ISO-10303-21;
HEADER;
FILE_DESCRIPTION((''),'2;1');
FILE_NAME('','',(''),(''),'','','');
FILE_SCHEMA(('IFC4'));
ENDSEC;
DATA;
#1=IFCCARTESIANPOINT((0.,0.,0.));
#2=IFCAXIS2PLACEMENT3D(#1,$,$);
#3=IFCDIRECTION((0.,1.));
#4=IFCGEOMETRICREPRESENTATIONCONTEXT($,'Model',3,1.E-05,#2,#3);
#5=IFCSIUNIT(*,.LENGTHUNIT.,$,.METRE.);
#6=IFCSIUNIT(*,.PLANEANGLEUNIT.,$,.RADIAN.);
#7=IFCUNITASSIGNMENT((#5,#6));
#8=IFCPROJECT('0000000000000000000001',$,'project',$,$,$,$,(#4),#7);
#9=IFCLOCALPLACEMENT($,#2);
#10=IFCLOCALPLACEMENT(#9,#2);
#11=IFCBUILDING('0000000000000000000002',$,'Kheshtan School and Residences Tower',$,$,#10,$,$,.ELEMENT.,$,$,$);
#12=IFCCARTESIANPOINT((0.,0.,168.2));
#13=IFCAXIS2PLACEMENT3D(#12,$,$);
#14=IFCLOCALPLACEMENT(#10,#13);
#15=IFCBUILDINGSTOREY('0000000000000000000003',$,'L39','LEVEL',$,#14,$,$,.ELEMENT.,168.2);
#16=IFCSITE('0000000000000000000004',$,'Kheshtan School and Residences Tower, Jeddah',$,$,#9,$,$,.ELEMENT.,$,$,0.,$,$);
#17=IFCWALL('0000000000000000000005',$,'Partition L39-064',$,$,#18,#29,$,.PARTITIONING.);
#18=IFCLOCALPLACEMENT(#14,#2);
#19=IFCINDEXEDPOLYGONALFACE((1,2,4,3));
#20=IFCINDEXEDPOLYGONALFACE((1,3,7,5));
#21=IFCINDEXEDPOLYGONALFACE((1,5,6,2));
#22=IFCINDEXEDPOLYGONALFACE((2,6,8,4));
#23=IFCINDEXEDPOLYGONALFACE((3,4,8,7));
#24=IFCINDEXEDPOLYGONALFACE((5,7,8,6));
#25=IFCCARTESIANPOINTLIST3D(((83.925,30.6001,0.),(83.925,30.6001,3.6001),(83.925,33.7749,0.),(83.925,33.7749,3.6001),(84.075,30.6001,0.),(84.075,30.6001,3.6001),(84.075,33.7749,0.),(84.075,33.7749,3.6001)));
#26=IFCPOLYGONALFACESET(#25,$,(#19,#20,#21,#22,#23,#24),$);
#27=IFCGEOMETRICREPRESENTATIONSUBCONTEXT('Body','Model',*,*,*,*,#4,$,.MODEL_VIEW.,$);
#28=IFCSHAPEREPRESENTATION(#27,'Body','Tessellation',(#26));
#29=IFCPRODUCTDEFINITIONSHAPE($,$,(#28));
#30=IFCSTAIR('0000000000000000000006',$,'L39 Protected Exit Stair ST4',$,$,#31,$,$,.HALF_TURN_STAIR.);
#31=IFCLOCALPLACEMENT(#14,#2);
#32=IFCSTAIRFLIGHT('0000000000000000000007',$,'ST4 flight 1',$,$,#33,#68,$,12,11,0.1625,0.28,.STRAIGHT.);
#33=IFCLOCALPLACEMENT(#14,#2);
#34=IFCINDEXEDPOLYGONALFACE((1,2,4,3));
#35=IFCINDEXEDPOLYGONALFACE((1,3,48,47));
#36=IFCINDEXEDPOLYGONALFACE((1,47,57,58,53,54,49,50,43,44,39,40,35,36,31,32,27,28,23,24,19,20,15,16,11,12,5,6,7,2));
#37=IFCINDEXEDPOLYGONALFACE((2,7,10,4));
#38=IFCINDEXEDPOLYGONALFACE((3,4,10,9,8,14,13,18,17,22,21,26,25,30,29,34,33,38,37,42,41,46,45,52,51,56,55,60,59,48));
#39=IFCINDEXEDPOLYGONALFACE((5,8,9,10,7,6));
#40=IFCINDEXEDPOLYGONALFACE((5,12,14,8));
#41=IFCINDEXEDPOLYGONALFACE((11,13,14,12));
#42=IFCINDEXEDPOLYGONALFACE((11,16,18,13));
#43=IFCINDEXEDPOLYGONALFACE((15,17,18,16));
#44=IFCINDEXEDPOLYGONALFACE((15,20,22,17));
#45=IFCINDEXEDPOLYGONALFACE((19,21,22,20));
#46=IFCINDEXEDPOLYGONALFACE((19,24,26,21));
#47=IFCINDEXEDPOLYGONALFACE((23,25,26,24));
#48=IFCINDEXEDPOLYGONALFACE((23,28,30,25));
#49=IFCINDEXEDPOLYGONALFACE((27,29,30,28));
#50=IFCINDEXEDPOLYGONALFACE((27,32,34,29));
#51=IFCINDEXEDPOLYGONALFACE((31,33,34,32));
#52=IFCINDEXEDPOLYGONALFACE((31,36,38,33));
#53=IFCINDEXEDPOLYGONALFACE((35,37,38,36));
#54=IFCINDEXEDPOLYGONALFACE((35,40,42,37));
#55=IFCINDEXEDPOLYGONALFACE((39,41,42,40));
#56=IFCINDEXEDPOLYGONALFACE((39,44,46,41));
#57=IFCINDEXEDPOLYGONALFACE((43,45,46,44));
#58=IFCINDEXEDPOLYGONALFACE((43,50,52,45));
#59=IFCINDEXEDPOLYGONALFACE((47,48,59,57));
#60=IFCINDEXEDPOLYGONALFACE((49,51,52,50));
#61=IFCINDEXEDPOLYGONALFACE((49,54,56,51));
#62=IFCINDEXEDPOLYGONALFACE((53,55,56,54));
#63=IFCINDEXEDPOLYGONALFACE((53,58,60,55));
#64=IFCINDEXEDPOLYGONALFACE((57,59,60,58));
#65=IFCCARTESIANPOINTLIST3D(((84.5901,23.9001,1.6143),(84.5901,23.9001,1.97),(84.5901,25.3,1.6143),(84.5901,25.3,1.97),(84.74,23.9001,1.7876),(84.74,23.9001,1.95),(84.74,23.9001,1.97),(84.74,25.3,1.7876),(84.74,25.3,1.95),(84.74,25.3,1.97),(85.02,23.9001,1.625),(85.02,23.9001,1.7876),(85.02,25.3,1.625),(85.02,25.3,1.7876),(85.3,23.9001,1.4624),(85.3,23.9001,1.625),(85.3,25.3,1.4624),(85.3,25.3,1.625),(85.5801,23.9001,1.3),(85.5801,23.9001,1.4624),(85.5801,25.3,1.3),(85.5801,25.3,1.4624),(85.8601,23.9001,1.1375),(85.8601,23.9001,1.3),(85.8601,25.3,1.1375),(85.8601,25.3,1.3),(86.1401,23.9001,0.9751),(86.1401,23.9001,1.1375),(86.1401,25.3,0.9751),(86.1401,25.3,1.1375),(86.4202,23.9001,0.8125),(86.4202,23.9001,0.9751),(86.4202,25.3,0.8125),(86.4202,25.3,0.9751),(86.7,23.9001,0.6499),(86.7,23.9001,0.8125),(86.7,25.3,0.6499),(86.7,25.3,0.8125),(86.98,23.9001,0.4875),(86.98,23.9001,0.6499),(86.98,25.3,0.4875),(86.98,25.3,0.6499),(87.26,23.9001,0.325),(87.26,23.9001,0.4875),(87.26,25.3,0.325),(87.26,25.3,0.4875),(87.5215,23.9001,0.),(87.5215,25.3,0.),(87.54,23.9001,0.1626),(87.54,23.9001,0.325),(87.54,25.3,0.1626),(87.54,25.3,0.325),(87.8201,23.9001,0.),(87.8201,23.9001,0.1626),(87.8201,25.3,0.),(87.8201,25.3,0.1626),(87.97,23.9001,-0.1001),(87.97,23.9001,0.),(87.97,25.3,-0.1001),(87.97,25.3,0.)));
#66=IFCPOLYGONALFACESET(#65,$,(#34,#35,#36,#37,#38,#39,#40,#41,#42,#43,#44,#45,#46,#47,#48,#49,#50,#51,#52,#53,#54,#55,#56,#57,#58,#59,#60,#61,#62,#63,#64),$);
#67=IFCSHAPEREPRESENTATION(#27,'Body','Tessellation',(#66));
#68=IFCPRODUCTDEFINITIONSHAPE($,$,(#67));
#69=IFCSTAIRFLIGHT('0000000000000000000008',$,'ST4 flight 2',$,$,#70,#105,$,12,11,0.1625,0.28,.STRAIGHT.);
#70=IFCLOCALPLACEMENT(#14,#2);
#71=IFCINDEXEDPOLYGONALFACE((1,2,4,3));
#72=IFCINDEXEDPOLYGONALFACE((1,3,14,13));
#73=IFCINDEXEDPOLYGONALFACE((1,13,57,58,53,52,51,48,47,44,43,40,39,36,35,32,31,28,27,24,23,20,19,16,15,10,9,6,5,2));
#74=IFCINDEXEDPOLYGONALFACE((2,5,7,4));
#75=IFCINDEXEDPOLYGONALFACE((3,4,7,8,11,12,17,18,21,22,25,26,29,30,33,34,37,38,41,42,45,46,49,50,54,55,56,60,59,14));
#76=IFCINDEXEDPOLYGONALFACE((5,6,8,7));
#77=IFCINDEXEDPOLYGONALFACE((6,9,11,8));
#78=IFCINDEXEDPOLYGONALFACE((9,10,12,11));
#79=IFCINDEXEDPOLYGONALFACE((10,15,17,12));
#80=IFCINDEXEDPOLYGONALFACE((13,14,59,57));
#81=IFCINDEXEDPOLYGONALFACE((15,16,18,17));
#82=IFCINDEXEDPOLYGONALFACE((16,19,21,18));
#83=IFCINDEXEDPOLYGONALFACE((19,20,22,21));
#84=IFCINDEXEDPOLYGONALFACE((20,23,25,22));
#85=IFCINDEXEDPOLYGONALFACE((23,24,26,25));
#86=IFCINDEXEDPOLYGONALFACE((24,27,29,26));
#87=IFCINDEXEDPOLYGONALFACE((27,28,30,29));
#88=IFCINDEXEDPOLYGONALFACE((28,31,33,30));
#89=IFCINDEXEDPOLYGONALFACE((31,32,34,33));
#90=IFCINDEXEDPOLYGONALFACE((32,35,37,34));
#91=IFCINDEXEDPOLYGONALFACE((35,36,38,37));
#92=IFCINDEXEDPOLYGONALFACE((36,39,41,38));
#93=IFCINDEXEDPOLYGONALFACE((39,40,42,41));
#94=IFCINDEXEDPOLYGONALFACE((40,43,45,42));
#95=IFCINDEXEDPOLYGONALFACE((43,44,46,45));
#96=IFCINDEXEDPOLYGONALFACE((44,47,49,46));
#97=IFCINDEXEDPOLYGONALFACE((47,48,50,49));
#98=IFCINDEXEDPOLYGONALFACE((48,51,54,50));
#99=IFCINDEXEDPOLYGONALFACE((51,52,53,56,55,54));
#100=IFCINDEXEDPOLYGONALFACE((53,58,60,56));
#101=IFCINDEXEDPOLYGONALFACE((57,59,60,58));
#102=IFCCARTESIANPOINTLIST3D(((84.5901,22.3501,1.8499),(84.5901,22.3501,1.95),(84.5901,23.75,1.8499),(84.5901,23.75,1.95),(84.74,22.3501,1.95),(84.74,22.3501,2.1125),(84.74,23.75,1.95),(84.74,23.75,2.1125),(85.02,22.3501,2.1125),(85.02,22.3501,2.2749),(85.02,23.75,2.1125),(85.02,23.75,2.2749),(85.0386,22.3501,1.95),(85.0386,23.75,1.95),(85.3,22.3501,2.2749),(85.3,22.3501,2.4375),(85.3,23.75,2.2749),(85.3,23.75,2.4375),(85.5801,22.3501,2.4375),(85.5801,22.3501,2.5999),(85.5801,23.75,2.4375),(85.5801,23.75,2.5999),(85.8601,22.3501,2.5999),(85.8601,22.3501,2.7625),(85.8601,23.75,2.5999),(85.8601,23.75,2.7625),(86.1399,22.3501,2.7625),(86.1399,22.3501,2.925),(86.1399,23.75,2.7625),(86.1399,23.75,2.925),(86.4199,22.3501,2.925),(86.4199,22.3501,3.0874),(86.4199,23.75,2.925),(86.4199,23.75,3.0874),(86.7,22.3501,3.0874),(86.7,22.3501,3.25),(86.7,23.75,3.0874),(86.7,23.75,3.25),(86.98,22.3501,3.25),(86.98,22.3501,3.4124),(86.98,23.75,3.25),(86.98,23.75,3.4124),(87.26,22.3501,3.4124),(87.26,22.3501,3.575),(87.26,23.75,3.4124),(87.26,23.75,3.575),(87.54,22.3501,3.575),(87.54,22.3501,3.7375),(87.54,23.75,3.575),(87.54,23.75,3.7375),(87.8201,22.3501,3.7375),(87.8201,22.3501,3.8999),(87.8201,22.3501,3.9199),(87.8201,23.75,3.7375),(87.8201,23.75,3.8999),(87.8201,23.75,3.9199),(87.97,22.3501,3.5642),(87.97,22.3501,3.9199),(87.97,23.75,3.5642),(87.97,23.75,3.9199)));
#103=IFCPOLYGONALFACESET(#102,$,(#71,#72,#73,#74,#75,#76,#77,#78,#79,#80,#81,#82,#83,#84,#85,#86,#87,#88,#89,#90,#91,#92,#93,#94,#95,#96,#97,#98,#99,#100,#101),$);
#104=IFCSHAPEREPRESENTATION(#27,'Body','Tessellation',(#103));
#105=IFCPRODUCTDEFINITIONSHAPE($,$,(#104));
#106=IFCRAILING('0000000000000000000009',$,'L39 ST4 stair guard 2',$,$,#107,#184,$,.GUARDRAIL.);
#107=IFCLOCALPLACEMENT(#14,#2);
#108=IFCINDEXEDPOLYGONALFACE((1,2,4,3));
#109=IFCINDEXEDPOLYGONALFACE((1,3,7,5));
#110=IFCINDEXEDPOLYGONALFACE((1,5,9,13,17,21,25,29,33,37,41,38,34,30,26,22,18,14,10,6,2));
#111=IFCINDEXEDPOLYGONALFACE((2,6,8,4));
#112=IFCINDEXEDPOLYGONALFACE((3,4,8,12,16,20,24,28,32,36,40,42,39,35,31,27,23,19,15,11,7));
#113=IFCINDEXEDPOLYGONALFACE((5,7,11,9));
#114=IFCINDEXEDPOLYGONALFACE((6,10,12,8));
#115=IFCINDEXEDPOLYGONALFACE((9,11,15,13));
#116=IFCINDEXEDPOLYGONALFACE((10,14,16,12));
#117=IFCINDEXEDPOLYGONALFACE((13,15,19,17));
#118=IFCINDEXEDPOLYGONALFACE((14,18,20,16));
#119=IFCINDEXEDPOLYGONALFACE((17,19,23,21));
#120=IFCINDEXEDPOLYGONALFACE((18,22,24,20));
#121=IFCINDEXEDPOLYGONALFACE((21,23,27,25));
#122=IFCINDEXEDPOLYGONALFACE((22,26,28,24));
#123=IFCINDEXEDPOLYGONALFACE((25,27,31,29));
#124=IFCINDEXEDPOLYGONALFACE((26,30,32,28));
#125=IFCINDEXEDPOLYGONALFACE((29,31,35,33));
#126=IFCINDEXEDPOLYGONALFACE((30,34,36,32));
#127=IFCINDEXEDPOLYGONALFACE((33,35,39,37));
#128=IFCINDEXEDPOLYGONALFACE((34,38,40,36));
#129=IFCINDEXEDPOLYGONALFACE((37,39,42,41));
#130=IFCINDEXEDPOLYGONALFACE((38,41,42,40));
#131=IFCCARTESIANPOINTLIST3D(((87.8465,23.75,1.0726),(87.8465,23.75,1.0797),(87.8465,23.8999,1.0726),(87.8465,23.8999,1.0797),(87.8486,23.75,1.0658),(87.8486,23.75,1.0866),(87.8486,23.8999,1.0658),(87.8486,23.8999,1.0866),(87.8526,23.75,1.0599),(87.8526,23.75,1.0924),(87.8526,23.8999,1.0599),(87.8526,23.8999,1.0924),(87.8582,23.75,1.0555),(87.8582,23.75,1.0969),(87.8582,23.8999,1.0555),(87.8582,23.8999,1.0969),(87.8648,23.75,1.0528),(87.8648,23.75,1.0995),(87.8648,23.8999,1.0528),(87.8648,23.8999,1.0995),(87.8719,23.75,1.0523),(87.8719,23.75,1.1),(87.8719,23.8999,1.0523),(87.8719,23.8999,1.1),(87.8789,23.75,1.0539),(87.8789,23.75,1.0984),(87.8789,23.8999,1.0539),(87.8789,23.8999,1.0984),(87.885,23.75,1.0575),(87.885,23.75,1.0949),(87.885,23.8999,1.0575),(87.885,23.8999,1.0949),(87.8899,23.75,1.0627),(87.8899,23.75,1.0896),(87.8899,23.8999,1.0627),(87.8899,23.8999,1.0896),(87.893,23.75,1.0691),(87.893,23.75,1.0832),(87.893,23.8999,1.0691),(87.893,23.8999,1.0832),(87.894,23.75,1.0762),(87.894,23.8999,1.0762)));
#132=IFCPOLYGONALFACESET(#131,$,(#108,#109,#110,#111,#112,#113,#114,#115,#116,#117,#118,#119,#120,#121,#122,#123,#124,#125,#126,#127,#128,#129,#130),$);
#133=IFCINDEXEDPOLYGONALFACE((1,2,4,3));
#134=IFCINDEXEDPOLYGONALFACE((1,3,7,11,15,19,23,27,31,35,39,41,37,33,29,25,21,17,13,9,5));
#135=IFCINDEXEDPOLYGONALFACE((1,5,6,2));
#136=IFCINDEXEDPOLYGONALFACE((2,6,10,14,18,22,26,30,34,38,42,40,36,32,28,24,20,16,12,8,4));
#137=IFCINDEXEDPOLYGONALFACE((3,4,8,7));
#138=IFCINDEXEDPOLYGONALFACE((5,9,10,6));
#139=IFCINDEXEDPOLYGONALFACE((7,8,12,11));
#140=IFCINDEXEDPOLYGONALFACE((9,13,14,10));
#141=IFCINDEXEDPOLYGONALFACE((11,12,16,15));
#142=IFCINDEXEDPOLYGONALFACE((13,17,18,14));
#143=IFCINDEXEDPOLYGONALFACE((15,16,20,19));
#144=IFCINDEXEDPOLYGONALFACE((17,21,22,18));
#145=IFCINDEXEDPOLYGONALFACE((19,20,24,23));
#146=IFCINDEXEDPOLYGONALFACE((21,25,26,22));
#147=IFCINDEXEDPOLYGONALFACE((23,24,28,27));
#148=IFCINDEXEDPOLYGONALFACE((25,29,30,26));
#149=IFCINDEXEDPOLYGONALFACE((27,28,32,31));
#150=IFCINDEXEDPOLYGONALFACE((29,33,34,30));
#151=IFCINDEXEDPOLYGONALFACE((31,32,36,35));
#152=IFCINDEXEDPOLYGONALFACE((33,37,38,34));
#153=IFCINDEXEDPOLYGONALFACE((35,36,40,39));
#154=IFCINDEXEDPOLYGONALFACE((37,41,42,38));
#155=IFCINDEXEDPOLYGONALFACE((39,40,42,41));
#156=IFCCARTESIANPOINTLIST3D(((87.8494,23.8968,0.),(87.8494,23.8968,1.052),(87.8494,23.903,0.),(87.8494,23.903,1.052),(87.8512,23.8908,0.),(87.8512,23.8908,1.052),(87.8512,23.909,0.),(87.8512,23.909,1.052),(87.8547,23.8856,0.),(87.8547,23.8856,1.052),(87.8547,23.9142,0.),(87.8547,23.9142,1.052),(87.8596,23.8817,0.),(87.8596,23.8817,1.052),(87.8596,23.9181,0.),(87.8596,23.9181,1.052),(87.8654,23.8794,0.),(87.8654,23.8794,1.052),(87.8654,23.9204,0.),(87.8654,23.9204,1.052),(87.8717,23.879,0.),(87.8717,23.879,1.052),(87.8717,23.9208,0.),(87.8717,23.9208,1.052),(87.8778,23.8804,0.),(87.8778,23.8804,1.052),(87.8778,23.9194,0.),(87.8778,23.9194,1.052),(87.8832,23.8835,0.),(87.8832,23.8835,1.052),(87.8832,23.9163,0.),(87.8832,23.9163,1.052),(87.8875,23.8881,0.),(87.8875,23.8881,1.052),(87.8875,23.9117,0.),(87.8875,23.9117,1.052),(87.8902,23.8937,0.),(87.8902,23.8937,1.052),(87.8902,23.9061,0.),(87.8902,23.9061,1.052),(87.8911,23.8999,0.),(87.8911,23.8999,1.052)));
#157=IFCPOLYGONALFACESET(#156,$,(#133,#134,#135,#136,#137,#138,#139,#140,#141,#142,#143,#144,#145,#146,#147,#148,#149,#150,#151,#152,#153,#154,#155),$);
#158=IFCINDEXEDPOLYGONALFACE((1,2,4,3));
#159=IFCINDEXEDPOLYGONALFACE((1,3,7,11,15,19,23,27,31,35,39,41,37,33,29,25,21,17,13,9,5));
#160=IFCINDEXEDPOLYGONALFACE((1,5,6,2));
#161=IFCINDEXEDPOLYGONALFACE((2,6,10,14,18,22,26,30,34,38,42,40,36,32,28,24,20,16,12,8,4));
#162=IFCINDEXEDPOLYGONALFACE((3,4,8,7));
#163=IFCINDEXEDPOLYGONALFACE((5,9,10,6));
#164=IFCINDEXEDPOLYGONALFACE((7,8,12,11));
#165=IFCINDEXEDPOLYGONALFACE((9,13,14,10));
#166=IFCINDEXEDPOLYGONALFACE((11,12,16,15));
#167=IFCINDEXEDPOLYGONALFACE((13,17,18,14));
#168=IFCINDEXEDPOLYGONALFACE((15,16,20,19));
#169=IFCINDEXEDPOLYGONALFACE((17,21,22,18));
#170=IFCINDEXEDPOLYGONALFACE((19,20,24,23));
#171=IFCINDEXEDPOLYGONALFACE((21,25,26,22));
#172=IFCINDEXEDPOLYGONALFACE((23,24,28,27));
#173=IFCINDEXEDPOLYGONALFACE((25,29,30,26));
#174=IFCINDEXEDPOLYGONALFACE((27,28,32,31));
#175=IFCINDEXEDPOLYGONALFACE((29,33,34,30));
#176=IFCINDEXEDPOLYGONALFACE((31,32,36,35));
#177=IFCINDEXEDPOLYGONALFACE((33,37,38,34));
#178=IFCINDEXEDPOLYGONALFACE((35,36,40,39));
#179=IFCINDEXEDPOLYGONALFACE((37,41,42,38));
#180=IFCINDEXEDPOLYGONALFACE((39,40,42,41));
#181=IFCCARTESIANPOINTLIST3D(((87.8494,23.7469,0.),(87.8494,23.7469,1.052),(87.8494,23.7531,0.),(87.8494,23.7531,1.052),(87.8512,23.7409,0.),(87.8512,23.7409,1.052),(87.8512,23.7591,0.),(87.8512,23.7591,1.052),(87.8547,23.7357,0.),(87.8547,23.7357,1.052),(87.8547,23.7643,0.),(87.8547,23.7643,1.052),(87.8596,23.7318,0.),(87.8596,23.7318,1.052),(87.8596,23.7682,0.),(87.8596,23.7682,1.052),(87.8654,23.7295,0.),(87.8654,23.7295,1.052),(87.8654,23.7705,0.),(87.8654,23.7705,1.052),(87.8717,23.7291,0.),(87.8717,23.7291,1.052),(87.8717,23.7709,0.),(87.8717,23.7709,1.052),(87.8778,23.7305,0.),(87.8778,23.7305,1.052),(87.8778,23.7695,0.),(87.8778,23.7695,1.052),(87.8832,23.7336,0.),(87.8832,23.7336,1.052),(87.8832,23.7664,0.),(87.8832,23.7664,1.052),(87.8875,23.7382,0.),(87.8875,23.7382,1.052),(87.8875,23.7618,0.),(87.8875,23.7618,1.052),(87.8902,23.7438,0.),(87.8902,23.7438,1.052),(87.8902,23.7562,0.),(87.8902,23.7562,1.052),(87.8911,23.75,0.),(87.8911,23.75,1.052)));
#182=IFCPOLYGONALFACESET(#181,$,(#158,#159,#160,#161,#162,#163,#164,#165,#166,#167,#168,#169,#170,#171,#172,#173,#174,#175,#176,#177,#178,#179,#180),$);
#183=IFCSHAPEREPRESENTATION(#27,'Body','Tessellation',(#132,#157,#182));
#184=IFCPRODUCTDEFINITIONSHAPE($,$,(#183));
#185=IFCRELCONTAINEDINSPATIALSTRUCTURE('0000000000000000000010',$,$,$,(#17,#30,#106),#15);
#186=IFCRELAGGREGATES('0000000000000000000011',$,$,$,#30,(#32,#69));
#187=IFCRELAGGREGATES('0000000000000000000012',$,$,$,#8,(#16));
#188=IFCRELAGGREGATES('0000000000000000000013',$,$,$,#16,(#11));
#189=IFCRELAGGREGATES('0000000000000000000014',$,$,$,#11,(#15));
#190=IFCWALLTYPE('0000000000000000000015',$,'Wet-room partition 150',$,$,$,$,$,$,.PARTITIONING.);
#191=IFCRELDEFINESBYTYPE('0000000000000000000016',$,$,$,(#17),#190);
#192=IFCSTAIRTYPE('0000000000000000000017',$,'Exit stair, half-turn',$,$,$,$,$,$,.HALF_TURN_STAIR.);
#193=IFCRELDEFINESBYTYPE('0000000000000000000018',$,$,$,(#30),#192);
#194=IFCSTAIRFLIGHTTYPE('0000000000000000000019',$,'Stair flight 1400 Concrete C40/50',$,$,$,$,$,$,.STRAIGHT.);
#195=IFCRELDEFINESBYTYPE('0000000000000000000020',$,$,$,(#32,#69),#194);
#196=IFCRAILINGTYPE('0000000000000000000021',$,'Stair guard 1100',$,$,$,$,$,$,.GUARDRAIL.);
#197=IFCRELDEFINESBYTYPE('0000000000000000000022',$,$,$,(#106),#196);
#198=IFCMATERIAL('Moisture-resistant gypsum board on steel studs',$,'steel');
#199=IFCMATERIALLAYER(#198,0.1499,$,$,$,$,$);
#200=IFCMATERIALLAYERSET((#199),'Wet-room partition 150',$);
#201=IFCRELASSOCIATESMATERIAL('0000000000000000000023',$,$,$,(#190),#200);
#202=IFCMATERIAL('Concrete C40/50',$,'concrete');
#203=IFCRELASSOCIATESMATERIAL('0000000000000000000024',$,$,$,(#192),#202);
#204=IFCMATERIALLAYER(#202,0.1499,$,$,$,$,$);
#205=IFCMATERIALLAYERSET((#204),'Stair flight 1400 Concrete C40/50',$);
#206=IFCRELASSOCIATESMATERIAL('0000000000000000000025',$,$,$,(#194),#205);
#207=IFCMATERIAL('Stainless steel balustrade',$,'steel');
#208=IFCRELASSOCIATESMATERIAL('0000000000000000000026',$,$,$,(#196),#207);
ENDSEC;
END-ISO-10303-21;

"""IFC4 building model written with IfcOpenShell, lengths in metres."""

from ifc_helpers import new_model, si_unit, direction, frame, frame_2d, origin, origin_2d, place, context, subcontext, project, spatial, polyline, rectangle, circle, outline, extrude, material, layer, layer_set, type_object, element, aggregate, save


model = new_model("IFC4")

# Units and contexts
model_context = context("Model", 3, precision=1e-05, world=origin(), true_north=direction((0.0, 1.0)))
body_context = subcontext(model_context, "Body", "Model", "MODEL_VIEW")
ifc_project = project(units=[si_unit("LENGTHUNIT", "METRE"), si_unit("PLANEANGLEUNIT", "RADIAN")], contexts=[model_context])

# Site, building, storey
site_placement = place(None, origin())
site = spatial("IfcSite", under=ifc_project, at=site_placement, Name="Kheshtan School and Residences Tower, Jeddah", CompositionType="ELEMENT", RefElevation=0.0)
building_placement = place(site_placement, origin())
building = spatial("IfcBuilding", under=site, at=building_placement, Name="Kheshtan School and Residences Tower", CompositionType="ELEMENT")
storey_placement = place(building_placement, frame((0.0, 0.0, 168.2)))
storey = spatial("IfcBuildingStorey", under=building, at=storey_placement, Name="L39", Description="LEVEL", CompositionType="ELEMENT", Elevation=168.2)

# Wall
ifc_material_1 = material(Name="Concrete C40/50", Category="concrete")
ifc_material_2 = material(Name="Moisture-resistant gypsum board on steel studs", Category="steel")
ifc_layer_1 = layer(ifc_material_2, 0.1499)
ifc_layer_set_1 = layer_set([ifc_layer_1], Name="Wet-room partition 150")
wall_type_1 = type_object("IfcWallType", Name="Wet-room partition 150", PredefinedType="PARTITIONING", material=ifc_layer_set_1)
wall_1_placement = place(storey_placement, frame((84.0, 30.6001, 0.0), z_axis=(0.0, 0.0, 1.0), x_axis=(0.0, 1.0, 0.0)))
element("IfcWall", 1, at=wall_1_placement, inside=storey, type_object=wall_type_1, Name="Partition L39-064", PredefinedType="PARTITIONING", context=body_context, shape_type="SweptSolid", body=[
    extrude(rectangle(XDim=3.1748, YDim=0.1499, at=frame_2d((1.5874, 0.0))), origin(), (0.0, 0.0, 1.0), 3.6001),
])

# Stair, stair flights
stair_type = type_object("IfcStairType", Name="Exit stair, half-turn", PredefinedType="HALF_TURN_STAIR", material=ifc_material_1)
stair_placement = place(storey_placement, origin())
stair = element("IfcStair", 2, at=stair_placement, inside=storey, type_object=stair_type, Name="L39 Protected Exit Stair ST4", PredefinedType="HALF_TURN_STAIR")
ifc_layer_2 = layer(ifc_material_1, 0.1499)
ifc_layer_set_2 = layer_set([ifc_layer_2], Name="Stair flight 1400 Concrete C40/50")
stair_flight_type = type_object("IfcStairFlightType", Name="Stair flight 1400 Concrete C40/50", PredefinedType="STRAIGHT", material=ifc_layer_set_2)
stair_flight_1_placement = place(storey_placement, frame((87.8201, 24.6001, 0.0), z_axis=(0.0, 0.0, 1.0), x_axis=(-1.0, 0.0, 0.0)))
stair_flight_1 = element("IfcStairFlight", 3, at=stair_flight_1_placement, type_object=stair_flight_type, Name="ST4 flight 1", NumberOfRisers=12, NumberOfTreads=11, PredefinedType="STRAIGHT", RiserHeight=0.1625, TreadLength=0.28, context=body_context, shape_type="SweptSolid", body=[
    extrude(outline(polyline([(-0.1499, -0.1001), (-0.1499, 0.0), (0.0, 0.0), (0.0, 0.1626), (0.28, 0.1626), (0.28, 0.325), (0.5601, 0.325), (0.5601, 0.4875), (0.8401, 0.4875), (0.8401, 0.6499), (1.1201, 0.6499), (1.1201, 0.8125), (1.3999, 0.8125), (1.3999, 0.9751), (1.6799, 0.9751), (1.6799, 1.1375), (1.96, 1.1375), (1.96, 1.3), (2.24, 1.3), (2.24, 1.4624), (2.52, 1.4624), (2.52, 1.625), (2.8, 1.625), (2.8, 1.7876), (3.0801, 1.7876), (3.0801, 1.95), (3.0801, 1.97), (3.23, 1.97), (3.23, 1.6143), (0.2986, 0.0), (-0.1499, -0.1001)])), frame((0.0, 0.7, 0.0), z_axis=(0.0, -1.0, 0.0), x_axis=(1.0, 0.0, 0.0)), (0.0, 0.0, 1.0), 1.3999),
])
stair_flight_2_placement = place(storey_placement, frame((84.74, 23.05, 1.95), z_axis=(0.0, 0.0, 1.0), x_axis=(1.0, 0.0, 0.0)))
stair_flight_2 = element("IfcStairFlight", 4, at=stair_flight_2_placement, type_object=stair_flight_type, Name="ST4 flight 2", NumberOfRisers=12, NumberOfTreads=11, PredefinedType="STRAIGHT", RiserHeight=0.1625, TreadLength=0.28, context=body_context, shape_type="SweptSolid", body=[
    extrude(outline(polyline([(-0.1499, -0.1001), (-0.1499, 0.0), (0.0, 0.0), (0.0, 0.1626), (0.28, 0.1626), (0.28, 0.325), (0.5601, 0.325), (0.5601, 0.4875), (0.8401, 0.4875), (0.8401, 0.6499), (1.1201, 0.6499), (1.1201, 0.8125), (1.3999, 0.8125), (1.3999, 0.9751), (1.6799, 0.9751), (1.6799, 1.1375), (1.96, 1.1375), (1.96, 1.3), (2.24, 1.3), (2.24, 1.4624), (2.52, 1.4624), (2.52, 1.625), (2.8, 1.625), (2.8, 1.7876), (3.0801, 1.7876), (3.0801, 1.95), (3.0801, 1.97), (3.23, 1.97), (3.23, 1.6143), (0.2986, 0.0), (-0.1499, -0.1001)])), frame((0.0, 0.7, 0.0), z_axis=(0.0, -1.0, 0.0), x_axis=(1.0, 0.0, 0.0)), (0.0, 0.0, 1.0), 1.3999),
])
aggregate(stair, [stair_flight_1, stair_flight_2])

# Railing
ifc_material_3 = material(Name="Stainless steel balustrade", Category="steel")
railing_type_1 = type_object("IfcRailingType", Name="Stair guard 1100", PredefinedType="GUARDRAIL", material=ifc_material_3)
railing_1_placement = place(storey_placement, frame((87.8701, 23.8999, 0.0)))
element("IfcRailing", 5, at=railing_1_placement, inside=storey, type_object=railing_type_1, Name="L39 ST4 stair guard 2", PredefinedType="GUARDRAIL", context=body_context, shape_type="SweptSolid", body=[
    extrude(circle(Radius=0.0239, at=origin_2d()), frame((0.0, 0.0, 1.0762), z_axis=(0.0, -1.0, 0.0), x_axis=(1.0, 0.0, 0.0)), (0.0, 0.0, 1.0), 0.1499),
    extrude(circle(Radius=0.021, at=origin_2d()), origin(), (0.0, 0.0, 1.0), 1.052),
    extrude(circle(Radius=0.021, at=origin_2d()), frame((0.0, -0.1499, 0.0)), (0.0, 0.0, 1.0), 1.052),
])

save(model, "model.ifc")
